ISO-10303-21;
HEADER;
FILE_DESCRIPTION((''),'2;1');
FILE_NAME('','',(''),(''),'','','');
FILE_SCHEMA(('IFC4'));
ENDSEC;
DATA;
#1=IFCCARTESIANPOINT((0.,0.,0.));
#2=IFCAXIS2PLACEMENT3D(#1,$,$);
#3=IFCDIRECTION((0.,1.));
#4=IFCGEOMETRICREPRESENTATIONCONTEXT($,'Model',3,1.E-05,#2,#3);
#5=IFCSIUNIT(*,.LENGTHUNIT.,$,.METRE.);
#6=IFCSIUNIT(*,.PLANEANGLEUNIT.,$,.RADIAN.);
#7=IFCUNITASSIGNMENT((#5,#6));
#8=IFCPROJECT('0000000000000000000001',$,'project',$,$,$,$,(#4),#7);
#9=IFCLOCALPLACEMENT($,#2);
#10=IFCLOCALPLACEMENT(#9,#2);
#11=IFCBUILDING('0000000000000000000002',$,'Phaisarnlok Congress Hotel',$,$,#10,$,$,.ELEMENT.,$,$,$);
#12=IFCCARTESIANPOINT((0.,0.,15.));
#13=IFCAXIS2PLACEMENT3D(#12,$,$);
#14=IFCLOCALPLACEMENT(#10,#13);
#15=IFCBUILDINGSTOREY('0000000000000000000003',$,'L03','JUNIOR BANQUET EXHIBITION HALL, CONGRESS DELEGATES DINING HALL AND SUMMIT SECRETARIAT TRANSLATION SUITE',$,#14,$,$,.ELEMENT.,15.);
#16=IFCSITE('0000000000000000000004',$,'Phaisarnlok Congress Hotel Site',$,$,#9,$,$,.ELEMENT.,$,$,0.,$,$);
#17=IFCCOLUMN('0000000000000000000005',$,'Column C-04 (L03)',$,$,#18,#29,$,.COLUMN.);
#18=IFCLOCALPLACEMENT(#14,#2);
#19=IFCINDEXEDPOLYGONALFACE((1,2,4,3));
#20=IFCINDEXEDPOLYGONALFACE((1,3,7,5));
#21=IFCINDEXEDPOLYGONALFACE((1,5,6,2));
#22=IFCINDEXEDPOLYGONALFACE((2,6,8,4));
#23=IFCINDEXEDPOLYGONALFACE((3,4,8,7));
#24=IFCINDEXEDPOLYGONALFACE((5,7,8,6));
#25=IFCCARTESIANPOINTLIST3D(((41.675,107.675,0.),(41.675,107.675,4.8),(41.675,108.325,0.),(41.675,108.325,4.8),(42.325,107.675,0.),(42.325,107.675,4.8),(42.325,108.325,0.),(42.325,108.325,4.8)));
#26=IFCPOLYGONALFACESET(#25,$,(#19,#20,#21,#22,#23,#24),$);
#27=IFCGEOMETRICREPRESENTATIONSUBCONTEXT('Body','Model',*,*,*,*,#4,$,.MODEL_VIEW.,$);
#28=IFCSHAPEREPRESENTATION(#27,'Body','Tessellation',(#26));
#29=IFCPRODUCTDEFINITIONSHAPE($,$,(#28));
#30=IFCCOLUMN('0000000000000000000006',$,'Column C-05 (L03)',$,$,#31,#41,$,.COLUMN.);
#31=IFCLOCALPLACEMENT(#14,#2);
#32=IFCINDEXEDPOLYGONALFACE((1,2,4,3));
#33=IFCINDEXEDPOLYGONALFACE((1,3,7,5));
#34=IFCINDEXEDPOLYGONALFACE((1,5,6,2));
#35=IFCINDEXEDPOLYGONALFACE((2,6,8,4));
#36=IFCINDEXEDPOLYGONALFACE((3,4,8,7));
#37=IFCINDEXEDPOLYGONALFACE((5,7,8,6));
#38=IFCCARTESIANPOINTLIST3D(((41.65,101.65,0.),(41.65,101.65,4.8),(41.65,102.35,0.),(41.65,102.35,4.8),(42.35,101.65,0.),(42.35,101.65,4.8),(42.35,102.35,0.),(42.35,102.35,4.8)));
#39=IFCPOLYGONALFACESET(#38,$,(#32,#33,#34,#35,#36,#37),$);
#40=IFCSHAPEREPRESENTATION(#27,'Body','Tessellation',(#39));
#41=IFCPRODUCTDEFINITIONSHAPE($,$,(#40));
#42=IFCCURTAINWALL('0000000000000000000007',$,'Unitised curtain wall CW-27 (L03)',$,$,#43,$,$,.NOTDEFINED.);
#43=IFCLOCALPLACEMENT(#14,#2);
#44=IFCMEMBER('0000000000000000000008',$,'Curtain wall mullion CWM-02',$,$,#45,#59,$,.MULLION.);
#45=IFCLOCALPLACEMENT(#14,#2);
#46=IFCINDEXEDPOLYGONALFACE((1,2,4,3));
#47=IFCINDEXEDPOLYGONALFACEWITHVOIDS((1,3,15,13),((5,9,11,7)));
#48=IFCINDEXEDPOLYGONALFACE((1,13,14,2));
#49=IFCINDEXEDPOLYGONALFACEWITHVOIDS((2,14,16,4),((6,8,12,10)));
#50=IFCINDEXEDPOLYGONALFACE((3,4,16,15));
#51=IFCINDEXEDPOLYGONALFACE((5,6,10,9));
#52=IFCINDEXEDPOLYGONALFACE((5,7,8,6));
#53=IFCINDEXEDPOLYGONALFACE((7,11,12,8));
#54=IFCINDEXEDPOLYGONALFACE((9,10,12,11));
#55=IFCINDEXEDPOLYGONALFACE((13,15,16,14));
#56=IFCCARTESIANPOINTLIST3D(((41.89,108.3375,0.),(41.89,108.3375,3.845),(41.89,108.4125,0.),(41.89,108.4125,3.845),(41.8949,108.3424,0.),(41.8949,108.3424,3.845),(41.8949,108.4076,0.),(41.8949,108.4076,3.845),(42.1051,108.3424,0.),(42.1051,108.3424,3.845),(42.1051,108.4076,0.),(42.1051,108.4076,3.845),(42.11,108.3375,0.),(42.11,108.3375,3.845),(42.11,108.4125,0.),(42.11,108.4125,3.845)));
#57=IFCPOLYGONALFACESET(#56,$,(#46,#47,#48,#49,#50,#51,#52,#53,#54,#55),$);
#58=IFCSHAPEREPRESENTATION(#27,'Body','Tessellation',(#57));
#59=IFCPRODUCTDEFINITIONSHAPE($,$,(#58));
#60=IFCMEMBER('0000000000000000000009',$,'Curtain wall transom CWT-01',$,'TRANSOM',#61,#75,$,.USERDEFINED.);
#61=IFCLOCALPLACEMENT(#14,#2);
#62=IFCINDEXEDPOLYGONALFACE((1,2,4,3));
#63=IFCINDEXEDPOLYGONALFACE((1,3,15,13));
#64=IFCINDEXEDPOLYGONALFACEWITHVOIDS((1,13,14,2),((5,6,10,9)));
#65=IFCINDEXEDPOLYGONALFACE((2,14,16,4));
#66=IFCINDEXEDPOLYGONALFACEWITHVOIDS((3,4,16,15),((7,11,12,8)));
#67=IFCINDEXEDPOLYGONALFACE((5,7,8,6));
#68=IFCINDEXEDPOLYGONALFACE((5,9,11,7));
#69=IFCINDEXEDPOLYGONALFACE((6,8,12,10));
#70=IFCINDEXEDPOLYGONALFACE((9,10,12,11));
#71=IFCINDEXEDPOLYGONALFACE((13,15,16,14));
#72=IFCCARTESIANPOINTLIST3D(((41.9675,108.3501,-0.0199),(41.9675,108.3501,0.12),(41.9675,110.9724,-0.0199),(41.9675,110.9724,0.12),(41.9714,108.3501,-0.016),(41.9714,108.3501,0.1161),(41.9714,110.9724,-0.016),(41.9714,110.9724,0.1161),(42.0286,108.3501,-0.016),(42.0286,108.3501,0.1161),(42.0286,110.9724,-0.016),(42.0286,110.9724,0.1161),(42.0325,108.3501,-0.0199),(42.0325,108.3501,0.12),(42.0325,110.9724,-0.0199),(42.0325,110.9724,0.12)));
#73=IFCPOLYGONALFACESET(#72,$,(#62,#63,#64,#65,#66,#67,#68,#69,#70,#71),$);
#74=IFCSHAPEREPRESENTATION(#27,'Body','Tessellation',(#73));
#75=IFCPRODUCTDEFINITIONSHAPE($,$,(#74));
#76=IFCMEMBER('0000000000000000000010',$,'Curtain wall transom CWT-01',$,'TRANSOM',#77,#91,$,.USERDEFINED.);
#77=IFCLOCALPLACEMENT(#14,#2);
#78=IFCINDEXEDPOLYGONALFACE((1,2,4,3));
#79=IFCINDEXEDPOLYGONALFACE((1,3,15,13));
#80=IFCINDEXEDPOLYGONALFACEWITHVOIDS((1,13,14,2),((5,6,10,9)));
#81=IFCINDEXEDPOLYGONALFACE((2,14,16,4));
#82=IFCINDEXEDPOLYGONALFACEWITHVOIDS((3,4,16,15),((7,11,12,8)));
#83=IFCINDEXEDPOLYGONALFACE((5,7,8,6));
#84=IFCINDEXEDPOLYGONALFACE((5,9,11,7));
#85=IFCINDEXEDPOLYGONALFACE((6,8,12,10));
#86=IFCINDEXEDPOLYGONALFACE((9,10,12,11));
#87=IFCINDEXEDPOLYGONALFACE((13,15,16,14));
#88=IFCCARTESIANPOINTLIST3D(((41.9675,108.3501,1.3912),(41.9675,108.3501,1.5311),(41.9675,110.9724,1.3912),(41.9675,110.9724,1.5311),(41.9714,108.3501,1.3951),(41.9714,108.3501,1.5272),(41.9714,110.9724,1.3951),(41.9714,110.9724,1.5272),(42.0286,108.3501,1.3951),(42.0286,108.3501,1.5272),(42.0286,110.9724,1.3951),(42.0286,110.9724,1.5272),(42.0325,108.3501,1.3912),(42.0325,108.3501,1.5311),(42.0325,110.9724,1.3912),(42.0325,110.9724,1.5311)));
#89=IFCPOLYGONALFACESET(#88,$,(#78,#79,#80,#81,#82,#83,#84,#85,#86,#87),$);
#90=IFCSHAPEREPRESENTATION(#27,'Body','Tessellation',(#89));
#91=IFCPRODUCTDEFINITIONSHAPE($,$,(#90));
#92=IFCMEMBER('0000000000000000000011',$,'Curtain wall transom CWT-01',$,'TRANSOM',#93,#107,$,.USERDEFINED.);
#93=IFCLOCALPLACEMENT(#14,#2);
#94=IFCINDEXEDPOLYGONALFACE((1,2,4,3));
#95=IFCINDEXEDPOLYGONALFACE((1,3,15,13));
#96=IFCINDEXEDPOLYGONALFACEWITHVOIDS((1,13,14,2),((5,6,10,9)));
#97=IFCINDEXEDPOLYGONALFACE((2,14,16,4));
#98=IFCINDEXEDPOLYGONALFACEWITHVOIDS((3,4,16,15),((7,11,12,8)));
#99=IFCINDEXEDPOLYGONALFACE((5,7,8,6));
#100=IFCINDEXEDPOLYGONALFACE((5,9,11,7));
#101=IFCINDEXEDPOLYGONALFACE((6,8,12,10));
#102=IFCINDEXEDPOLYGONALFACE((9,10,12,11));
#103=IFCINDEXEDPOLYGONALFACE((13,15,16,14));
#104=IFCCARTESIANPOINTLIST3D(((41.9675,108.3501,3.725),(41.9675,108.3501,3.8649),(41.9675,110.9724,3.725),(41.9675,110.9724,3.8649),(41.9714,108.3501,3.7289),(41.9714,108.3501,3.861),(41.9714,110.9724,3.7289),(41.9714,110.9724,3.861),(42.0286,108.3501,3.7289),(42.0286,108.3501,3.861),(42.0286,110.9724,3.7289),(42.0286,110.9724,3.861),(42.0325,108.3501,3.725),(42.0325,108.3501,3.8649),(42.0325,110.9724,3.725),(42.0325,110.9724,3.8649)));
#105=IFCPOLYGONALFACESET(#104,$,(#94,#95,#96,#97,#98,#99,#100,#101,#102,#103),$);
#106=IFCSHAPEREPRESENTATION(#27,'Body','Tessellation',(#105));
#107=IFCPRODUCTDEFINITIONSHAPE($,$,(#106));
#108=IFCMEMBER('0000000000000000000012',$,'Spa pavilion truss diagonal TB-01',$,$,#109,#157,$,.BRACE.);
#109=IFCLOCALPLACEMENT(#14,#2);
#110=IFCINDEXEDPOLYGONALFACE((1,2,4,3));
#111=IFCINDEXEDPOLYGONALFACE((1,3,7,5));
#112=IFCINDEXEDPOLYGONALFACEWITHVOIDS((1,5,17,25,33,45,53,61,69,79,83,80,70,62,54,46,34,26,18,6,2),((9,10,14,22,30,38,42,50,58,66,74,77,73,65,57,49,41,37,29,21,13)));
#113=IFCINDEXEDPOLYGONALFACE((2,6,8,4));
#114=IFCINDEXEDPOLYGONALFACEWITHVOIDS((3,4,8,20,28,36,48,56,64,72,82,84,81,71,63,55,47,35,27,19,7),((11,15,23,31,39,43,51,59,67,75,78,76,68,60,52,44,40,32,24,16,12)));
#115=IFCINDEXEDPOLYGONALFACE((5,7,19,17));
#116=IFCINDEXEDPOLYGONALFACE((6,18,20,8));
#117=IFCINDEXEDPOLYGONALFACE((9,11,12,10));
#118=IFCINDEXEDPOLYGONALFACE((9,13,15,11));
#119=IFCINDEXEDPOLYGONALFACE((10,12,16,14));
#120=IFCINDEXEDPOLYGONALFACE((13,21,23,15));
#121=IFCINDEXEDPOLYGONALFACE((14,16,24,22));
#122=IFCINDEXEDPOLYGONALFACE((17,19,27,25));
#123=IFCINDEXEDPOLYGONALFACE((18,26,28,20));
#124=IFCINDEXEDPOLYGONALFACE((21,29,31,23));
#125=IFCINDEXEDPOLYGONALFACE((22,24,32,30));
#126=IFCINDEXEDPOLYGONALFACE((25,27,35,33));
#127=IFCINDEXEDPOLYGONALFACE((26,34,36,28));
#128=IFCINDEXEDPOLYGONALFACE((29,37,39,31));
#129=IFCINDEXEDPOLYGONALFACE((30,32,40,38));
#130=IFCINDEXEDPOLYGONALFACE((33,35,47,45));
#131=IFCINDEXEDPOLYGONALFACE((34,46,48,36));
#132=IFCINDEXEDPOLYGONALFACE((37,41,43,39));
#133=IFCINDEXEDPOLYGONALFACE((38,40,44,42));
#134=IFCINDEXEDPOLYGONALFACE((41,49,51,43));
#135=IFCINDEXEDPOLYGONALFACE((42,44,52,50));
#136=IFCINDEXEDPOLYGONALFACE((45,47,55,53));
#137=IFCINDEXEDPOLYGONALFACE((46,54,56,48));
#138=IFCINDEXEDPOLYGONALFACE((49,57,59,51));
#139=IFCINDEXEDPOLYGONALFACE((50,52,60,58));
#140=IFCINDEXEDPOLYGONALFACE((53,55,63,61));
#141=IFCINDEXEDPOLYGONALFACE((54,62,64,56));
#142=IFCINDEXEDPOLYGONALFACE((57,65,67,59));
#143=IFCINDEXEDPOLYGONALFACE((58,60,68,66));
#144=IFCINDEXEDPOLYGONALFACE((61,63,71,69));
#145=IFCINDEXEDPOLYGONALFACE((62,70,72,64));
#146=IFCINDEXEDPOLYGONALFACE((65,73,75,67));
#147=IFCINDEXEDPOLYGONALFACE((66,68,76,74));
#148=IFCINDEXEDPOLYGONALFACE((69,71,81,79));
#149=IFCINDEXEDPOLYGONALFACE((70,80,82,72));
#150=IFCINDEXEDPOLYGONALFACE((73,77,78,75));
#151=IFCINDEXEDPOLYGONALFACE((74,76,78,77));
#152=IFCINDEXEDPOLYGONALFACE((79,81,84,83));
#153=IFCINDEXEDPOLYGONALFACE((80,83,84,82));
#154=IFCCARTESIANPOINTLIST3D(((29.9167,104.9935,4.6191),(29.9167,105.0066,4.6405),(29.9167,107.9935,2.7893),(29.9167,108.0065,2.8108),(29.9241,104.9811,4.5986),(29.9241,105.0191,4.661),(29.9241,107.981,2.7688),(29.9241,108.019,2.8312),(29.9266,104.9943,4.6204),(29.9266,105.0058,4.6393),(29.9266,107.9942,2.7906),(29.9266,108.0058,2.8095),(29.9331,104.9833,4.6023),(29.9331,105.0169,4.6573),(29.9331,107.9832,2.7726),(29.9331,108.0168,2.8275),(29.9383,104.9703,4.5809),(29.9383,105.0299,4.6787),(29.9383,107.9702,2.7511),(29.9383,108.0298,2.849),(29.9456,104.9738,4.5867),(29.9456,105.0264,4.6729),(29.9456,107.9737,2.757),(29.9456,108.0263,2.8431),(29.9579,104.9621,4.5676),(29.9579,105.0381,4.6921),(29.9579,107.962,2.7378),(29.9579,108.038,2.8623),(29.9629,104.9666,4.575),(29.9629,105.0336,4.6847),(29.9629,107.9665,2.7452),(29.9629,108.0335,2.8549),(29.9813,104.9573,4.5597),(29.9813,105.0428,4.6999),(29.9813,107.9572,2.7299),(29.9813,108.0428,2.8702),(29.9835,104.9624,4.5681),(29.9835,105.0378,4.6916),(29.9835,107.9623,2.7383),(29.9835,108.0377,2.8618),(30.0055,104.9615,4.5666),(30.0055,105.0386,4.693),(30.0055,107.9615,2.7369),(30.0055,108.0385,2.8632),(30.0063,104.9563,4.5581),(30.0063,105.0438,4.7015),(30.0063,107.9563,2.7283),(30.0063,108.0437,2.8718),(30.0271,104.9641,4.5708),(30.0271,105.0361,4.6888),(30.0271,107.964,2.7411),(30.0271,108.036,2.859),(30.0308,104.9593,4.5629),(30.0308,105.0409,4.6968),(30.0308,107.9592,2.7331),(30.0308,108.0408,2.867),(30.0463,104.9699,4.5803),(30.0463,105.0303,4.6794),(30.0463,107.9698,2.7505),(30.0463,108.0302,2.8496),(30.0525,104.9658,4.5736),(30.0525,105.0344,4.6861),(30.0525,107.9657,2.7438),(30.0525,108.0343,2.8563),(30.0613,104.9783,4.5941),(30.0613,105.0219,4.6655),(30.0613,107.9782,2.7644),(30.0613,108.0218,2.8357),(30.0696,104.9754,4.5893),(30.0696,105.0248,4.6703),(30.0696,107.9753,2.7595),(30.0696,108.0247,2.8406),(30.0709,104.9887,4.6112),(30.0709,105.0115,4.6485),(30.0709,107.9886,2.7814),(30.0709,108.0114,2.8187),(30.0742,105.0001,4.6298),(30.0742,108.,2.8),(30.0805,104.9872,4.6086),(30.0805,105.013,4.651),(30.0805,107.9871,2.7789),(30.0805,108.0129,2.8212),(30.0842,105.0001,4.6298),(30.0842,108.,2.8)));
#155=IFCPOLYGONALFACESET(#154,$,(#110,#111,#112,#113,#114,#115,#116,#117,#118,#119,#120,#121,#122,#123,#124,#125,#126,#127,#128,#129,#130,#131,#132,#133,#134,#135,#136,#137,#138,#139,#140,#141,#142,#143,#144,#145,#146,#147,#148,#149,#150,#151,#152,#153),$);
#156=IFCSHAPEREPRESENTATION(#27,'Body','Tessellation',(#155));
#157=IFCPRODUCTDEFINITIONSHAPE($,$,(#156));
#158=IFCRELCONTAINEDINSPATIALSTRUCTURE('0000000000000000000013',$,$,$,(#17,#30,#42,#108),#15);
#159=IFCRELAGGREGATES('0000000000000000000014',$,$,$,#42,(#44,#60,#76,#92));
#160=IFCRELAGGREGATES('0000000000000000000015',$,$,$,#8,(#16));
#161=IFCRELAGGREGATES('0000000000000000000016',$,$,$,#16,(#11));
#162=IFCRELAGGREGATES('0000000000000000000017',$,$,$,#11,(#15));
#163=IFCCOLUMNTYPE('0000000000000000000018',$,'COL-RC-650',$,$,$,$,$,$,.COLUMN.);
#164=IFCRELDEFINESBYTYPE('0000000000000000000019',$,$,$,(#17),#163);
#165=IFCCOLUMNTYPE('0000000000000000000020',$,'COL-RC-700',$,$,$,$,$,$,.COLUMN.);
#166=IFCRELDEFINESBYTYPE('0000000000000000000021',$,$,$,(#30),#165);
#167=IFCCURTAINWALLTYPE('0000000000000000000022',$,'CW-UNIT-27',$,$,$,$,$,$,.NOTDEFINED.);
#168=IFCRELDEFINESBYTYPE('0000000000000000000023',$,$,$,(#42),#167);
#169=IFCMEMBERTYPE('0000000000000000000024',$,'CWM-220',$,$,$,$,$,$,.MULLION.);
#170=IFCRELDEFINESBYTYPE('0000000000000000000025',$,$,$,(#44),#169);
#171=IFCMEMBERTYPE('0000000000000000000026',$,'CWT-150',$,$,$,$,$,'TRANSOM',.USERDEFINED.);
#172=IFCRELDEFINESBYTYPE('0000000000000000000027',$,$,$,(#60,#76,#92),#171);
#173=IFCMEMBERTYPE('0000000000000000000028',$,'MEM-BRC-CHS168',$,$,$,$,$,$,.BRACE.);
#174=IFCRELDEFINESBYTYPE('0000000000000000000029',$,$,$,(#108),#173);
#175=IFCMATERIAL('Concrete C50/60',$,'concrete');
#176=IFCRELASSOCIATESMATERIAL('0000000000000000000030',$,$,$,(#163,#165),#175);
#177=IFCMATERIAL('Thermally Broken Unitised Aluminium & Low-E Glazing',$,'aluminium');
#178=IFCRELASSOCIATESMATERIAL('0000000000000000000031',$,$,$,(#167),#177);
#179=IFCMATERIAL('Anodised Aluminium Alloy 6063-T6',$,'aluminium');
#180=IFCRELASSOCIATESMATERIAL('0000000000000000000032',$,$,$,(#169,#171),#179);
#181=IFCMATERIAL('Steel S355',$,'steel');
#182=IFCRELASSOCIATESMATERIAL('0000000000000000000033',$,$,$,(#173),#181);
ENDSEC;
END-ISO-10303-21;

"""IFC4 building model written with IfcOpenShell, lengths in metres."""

from ifc_helpers import new_model, si_unit, direction, frame, origin, origin_2d, place, context, subcontext, project, spatial, rectangle, hollow_rectangle, hollow_circle, extrude, material, material_profile, profile_set, type_object, element, aggregate, save


model = new_model("IFC4")

# Units and contexts
model_context = context("Model", 3, precision=1e-05, world=origin(), true_north=direction((0.0, 1.0)))
body_context = subcontext(model_context, "Body", "Model", "MODEL_VIEW")
ifc_project = project(units=[si_unit("LENGTHUNIT", "METRE"), si_unit("PLANEANGLEUNIT", "RADIAN")], contexts=[model_context])

# Site, building, storey
site_placement = place(None, origin())
site = spatial("IfcSite", under=ifc_project, at=site_placement, Name="Phaisarnlok Congress Hotel Site", CompositionType="ELEMENT", RefElevation=0.0)
building_placement = place(site_placement, origin())
building = spatial("IfcBuilding", under=site, at=building_placement, Name="Phaisarnlok Congress Hotel", CompositionType="ELEMENT")
storey_placement = place(building_placement, frame((0.0, 0.0, 15.0)))
storey = spatial("IfcBuildingStorey", under=building, at=storey_placement, Name="L03", Description="JUNIOR BANQUET EXHIBITION HALL, CONGRESS DELEGATES DINING HALL AND SUMMIT SECRETARIAT TRANSLATION SUITE", CompositionType="ELEMENT", Elevation=15.0)

# Columns
ifc_material_1 = material(Name="Concrete C50/60", Category="concrete")
ifc_material_profile_1 = material_profile(ifc_material_1, rectangle(XDim=0.6499, YDim=0.6499, at=origin_2d()), Name="RC 650x650")
ifc_profile_set_1 = profile_set([ifc_material_profile_1], Name="Concrete C50/60")
column_type_1 = type_object("IfcColumnType", Name="COL-RC-650", PredefinedType="COLUMN", material=ifc_profile_set_1)
column_1_placement = place(storey_placement, frame((42.0, 108.0, 0.0), z_axis=(0.0, 0.0, 1.0), x_axis=(1.0, 0.0, 0.0)))
element("IfcColumn", 1, at=column_1_placement, inside=storey, type_object=column_type_1, Name="Column C-04 (L03)", PredefinedType="COLUMN", context=body_context, shape_type="SweptSolid", body=[
    extrude(rectangle(XDim=0.6499, YDim=0.6499, at=origin_2d()), origin(), (0.0, 0.0, 1.0), 4.8),
])
ifc_material_profile_2 = material_profile(ifc_material_1, rectangle(XDim=0.7, YDim=0.7, at=origin_2d()), Name="RC 700x700")
ifc_profile_set_2 = profile_set([ifc_material_profile_2], Name="Concrete C50/60")
column_type_2 = type_object("IfcColumnType", Name="COL-RC-700", PredefinedType="COLUMN", material=ifc_profile_set_2)
column_2_placement = place(storey_placement, frame((42.0, 102.0, 0.0), z_axis=(0.0, 0.0, 1.0), x_axis=(1.0, 0.0, 0.0)))
element("IfcColumn", 2, at=column_2_placement, inside=storey, type_object=column_type_2, Name="Column C-05 (L03)", PredefinedType="COLUMN", context=body_context, shape_type="SweptSolid", body=[
    extrude(rectangle(XDim=0.7, YDim=0.7, at=origin_2d()), origin(), (0.0, 0.0, 1.0), 4.8),
])

# Curtain wall, members
ifc_material_2 = material(Name="Thermally Broken Unitised Aluminium & Low-E Glazing", Category="aluminium")
curtain_wall_type = type_object("IfcCurtainWallType", Name="CW-UNIT-27", PredefinedType="NOTDEFINED", material=ifc_material_2)
curtain_wall_placement = place(storey_placement, origin())
curtain_wall = element("IfcCurtainWall", 3, at=curtain_wall_placement, inside=storey, type_object=curtain_wall_type, Name="Unitised curtain wall CW-27 (L03)", PredefinedType="NOTDEFINED")
ifc_material_3 = material(Name="Anodised Aluminium Alloy 6063-T6", Category="aluminium")
ifc_material_profile_3 = material_profile(ifc_material_3, hollow_rectangle(XDim=0.075, YDim=0.22, WallThickness=0.0049, at=origin_2d()), Name="ALU-M 75x220x5")
ifc_profile_set_3 = profile_set([ifc_material_profile_3], Name="Anodised Aluminium Alloy 6063-T6")
member_type_1 = type_object("IfcMemberType", Name="CWM-220", PredefinedType="MULLION", material=ifc_profile_set_3)
member_1_placement = place(storey_placement, frame((42.0, 108.375, 0.0), z_axis=(0.0, 0.0, 1.0), x_axis=(0.0, 1.0, 0.0)))
member_1 = element("IfcMember", 4, at=member_1_placement, type_object=member_type_1, Name="Curtain wall mullion CWM-02", PredefinedType="MULLION", context=body_context, shape_type="SweptSolid", body=[
    extrude(hollow_rectangle(XDim=0.075, YDim=0.22, WallThickness=0.0049, at=origin_2d()), origin(), (0.0, 0.0, 1.0), 3.845),
])
ifc_material_profile_4 = material_profile(ifc_material_3, hollow_rectangle(XDim=0.0649, YDim=0.1399, WallThickness=0.0039, at=origin_2d()), Name="ALU-T 65x140x4")
ifc_profile_set_4 = profile_set([ifc_material_profile_4], Name="Anodised Aluminium Alloy 6063-T6")
member_type_2 = type_object("IfcMemberType", Name="CWT-150", ElementType="TRANSOM", PredefinedType="USERDEFINED", material=ifc_profile_set_4)
member_2_placement = place(storey_placement, frame((42.0, 108.3501, 0.05), z_axis=(0.0, 1.0, 0.0), x_axis=(-1.0, 0.0, 0.0)))
member_2 = element("IfcMember", 5, at=member_2_placement, type_object=member_type_2, Name="Curtain wall transom CWT-01", ObjectType="TRANSOM", PredefinedType="USERDEFINED", context=body_context, shape_type="SweptSolid", body=[
    extrude(hollow_rectangle(XDim=0.0649, YDim=0.1399, WallThickness=0.0039, at=origin_2d()), origin(), (0.0, 0.0, 1.0), 2.6223),
])
member_3_placement = place(storey_placement, frame((42.0, 108.3501, 1.4612), z_axis=(0.0, 1.0, 0.0), x_axis=(-1.0, 0.0, 0.0)))
member_3 = element("IfcMember", 6, at=member_3_placement, type_object=member_type_2, Name="Curtain wall transom CWT-01", ObjectType="TRANSOM", PredefinedType="USERDEFINED", context=body_context, shape_type="SweptSolid", body=[
    extrude(hollow_rectangle(XDim=0.0649, YDim=0.1399, WallThickness=0.0039, at=origin_2d()), origin(), (0.0, 0.0, 1.0), 2.6223),
])
member_4_placement = place(storey_placement, frame((42.0, 108.3501, 3.7949), z_axis=(0.0, 1.0, 0.0), x_axis=(-1.0, 0.0, 0.0)))
member_4 = element("IfcMember", 7, at=member_4_placement, type_object=member_type_2, Name="Curtain wall transom CWT-01", ObjectType="TRANSOM", PredefinedType="USERDEFINED", context=body_context, shape_type="SweptSolid", body=[
    extrude(hollow_rectangle(XDim=0.0649, YDim=0.1399, WallThickness=0.0039, at=origin_2d()), origin(), (0.0, 0.0, 1.0), 2.6223),
])

# Member
ifc_material_4 = material(Name="Steel S355", Category="steel")
ifc_material_profile_5 = material_profile(ifc_material_4, hollow_circle(Radius=0.0842, WallThickness=0.01, at=origin_2d()), Name="CHS 168.3x10")
ifc_profile_set_5 = profile_set([ifc_material_profile_5], Name="Steel S355")
member_type_3 = type_object("IfcMemberType", Name="MEM-BRC-CHS168", PredefinedType="BRACE", material=ifc_profile_set_5)
member_5_placement = place(storey_placement, frame((30.0, 108.0, 2.8), z_axis=(0.0, -0.853725, 0.520725), x_axis=(1.0, 0.0, 0.0)))
element("IfcMember", 8, at=member_5_placement, inside=storey, type_object=member_type_3, Name="Spa pavilion truss diagonal TB-01", PredefinedType="BRACE", context=body_context, shape_type="SweptSolid", body=[
    extrude(hollow_circle(Radius=0.0842, WallThickness=0.01, at=origin_2d()), origin(), (0.0, 0.0, 1.0), 3.5139),
])

aggregate(curtain_wall, [member_1, member_2, member_3, member_4])

save(model, "model.ifc")
